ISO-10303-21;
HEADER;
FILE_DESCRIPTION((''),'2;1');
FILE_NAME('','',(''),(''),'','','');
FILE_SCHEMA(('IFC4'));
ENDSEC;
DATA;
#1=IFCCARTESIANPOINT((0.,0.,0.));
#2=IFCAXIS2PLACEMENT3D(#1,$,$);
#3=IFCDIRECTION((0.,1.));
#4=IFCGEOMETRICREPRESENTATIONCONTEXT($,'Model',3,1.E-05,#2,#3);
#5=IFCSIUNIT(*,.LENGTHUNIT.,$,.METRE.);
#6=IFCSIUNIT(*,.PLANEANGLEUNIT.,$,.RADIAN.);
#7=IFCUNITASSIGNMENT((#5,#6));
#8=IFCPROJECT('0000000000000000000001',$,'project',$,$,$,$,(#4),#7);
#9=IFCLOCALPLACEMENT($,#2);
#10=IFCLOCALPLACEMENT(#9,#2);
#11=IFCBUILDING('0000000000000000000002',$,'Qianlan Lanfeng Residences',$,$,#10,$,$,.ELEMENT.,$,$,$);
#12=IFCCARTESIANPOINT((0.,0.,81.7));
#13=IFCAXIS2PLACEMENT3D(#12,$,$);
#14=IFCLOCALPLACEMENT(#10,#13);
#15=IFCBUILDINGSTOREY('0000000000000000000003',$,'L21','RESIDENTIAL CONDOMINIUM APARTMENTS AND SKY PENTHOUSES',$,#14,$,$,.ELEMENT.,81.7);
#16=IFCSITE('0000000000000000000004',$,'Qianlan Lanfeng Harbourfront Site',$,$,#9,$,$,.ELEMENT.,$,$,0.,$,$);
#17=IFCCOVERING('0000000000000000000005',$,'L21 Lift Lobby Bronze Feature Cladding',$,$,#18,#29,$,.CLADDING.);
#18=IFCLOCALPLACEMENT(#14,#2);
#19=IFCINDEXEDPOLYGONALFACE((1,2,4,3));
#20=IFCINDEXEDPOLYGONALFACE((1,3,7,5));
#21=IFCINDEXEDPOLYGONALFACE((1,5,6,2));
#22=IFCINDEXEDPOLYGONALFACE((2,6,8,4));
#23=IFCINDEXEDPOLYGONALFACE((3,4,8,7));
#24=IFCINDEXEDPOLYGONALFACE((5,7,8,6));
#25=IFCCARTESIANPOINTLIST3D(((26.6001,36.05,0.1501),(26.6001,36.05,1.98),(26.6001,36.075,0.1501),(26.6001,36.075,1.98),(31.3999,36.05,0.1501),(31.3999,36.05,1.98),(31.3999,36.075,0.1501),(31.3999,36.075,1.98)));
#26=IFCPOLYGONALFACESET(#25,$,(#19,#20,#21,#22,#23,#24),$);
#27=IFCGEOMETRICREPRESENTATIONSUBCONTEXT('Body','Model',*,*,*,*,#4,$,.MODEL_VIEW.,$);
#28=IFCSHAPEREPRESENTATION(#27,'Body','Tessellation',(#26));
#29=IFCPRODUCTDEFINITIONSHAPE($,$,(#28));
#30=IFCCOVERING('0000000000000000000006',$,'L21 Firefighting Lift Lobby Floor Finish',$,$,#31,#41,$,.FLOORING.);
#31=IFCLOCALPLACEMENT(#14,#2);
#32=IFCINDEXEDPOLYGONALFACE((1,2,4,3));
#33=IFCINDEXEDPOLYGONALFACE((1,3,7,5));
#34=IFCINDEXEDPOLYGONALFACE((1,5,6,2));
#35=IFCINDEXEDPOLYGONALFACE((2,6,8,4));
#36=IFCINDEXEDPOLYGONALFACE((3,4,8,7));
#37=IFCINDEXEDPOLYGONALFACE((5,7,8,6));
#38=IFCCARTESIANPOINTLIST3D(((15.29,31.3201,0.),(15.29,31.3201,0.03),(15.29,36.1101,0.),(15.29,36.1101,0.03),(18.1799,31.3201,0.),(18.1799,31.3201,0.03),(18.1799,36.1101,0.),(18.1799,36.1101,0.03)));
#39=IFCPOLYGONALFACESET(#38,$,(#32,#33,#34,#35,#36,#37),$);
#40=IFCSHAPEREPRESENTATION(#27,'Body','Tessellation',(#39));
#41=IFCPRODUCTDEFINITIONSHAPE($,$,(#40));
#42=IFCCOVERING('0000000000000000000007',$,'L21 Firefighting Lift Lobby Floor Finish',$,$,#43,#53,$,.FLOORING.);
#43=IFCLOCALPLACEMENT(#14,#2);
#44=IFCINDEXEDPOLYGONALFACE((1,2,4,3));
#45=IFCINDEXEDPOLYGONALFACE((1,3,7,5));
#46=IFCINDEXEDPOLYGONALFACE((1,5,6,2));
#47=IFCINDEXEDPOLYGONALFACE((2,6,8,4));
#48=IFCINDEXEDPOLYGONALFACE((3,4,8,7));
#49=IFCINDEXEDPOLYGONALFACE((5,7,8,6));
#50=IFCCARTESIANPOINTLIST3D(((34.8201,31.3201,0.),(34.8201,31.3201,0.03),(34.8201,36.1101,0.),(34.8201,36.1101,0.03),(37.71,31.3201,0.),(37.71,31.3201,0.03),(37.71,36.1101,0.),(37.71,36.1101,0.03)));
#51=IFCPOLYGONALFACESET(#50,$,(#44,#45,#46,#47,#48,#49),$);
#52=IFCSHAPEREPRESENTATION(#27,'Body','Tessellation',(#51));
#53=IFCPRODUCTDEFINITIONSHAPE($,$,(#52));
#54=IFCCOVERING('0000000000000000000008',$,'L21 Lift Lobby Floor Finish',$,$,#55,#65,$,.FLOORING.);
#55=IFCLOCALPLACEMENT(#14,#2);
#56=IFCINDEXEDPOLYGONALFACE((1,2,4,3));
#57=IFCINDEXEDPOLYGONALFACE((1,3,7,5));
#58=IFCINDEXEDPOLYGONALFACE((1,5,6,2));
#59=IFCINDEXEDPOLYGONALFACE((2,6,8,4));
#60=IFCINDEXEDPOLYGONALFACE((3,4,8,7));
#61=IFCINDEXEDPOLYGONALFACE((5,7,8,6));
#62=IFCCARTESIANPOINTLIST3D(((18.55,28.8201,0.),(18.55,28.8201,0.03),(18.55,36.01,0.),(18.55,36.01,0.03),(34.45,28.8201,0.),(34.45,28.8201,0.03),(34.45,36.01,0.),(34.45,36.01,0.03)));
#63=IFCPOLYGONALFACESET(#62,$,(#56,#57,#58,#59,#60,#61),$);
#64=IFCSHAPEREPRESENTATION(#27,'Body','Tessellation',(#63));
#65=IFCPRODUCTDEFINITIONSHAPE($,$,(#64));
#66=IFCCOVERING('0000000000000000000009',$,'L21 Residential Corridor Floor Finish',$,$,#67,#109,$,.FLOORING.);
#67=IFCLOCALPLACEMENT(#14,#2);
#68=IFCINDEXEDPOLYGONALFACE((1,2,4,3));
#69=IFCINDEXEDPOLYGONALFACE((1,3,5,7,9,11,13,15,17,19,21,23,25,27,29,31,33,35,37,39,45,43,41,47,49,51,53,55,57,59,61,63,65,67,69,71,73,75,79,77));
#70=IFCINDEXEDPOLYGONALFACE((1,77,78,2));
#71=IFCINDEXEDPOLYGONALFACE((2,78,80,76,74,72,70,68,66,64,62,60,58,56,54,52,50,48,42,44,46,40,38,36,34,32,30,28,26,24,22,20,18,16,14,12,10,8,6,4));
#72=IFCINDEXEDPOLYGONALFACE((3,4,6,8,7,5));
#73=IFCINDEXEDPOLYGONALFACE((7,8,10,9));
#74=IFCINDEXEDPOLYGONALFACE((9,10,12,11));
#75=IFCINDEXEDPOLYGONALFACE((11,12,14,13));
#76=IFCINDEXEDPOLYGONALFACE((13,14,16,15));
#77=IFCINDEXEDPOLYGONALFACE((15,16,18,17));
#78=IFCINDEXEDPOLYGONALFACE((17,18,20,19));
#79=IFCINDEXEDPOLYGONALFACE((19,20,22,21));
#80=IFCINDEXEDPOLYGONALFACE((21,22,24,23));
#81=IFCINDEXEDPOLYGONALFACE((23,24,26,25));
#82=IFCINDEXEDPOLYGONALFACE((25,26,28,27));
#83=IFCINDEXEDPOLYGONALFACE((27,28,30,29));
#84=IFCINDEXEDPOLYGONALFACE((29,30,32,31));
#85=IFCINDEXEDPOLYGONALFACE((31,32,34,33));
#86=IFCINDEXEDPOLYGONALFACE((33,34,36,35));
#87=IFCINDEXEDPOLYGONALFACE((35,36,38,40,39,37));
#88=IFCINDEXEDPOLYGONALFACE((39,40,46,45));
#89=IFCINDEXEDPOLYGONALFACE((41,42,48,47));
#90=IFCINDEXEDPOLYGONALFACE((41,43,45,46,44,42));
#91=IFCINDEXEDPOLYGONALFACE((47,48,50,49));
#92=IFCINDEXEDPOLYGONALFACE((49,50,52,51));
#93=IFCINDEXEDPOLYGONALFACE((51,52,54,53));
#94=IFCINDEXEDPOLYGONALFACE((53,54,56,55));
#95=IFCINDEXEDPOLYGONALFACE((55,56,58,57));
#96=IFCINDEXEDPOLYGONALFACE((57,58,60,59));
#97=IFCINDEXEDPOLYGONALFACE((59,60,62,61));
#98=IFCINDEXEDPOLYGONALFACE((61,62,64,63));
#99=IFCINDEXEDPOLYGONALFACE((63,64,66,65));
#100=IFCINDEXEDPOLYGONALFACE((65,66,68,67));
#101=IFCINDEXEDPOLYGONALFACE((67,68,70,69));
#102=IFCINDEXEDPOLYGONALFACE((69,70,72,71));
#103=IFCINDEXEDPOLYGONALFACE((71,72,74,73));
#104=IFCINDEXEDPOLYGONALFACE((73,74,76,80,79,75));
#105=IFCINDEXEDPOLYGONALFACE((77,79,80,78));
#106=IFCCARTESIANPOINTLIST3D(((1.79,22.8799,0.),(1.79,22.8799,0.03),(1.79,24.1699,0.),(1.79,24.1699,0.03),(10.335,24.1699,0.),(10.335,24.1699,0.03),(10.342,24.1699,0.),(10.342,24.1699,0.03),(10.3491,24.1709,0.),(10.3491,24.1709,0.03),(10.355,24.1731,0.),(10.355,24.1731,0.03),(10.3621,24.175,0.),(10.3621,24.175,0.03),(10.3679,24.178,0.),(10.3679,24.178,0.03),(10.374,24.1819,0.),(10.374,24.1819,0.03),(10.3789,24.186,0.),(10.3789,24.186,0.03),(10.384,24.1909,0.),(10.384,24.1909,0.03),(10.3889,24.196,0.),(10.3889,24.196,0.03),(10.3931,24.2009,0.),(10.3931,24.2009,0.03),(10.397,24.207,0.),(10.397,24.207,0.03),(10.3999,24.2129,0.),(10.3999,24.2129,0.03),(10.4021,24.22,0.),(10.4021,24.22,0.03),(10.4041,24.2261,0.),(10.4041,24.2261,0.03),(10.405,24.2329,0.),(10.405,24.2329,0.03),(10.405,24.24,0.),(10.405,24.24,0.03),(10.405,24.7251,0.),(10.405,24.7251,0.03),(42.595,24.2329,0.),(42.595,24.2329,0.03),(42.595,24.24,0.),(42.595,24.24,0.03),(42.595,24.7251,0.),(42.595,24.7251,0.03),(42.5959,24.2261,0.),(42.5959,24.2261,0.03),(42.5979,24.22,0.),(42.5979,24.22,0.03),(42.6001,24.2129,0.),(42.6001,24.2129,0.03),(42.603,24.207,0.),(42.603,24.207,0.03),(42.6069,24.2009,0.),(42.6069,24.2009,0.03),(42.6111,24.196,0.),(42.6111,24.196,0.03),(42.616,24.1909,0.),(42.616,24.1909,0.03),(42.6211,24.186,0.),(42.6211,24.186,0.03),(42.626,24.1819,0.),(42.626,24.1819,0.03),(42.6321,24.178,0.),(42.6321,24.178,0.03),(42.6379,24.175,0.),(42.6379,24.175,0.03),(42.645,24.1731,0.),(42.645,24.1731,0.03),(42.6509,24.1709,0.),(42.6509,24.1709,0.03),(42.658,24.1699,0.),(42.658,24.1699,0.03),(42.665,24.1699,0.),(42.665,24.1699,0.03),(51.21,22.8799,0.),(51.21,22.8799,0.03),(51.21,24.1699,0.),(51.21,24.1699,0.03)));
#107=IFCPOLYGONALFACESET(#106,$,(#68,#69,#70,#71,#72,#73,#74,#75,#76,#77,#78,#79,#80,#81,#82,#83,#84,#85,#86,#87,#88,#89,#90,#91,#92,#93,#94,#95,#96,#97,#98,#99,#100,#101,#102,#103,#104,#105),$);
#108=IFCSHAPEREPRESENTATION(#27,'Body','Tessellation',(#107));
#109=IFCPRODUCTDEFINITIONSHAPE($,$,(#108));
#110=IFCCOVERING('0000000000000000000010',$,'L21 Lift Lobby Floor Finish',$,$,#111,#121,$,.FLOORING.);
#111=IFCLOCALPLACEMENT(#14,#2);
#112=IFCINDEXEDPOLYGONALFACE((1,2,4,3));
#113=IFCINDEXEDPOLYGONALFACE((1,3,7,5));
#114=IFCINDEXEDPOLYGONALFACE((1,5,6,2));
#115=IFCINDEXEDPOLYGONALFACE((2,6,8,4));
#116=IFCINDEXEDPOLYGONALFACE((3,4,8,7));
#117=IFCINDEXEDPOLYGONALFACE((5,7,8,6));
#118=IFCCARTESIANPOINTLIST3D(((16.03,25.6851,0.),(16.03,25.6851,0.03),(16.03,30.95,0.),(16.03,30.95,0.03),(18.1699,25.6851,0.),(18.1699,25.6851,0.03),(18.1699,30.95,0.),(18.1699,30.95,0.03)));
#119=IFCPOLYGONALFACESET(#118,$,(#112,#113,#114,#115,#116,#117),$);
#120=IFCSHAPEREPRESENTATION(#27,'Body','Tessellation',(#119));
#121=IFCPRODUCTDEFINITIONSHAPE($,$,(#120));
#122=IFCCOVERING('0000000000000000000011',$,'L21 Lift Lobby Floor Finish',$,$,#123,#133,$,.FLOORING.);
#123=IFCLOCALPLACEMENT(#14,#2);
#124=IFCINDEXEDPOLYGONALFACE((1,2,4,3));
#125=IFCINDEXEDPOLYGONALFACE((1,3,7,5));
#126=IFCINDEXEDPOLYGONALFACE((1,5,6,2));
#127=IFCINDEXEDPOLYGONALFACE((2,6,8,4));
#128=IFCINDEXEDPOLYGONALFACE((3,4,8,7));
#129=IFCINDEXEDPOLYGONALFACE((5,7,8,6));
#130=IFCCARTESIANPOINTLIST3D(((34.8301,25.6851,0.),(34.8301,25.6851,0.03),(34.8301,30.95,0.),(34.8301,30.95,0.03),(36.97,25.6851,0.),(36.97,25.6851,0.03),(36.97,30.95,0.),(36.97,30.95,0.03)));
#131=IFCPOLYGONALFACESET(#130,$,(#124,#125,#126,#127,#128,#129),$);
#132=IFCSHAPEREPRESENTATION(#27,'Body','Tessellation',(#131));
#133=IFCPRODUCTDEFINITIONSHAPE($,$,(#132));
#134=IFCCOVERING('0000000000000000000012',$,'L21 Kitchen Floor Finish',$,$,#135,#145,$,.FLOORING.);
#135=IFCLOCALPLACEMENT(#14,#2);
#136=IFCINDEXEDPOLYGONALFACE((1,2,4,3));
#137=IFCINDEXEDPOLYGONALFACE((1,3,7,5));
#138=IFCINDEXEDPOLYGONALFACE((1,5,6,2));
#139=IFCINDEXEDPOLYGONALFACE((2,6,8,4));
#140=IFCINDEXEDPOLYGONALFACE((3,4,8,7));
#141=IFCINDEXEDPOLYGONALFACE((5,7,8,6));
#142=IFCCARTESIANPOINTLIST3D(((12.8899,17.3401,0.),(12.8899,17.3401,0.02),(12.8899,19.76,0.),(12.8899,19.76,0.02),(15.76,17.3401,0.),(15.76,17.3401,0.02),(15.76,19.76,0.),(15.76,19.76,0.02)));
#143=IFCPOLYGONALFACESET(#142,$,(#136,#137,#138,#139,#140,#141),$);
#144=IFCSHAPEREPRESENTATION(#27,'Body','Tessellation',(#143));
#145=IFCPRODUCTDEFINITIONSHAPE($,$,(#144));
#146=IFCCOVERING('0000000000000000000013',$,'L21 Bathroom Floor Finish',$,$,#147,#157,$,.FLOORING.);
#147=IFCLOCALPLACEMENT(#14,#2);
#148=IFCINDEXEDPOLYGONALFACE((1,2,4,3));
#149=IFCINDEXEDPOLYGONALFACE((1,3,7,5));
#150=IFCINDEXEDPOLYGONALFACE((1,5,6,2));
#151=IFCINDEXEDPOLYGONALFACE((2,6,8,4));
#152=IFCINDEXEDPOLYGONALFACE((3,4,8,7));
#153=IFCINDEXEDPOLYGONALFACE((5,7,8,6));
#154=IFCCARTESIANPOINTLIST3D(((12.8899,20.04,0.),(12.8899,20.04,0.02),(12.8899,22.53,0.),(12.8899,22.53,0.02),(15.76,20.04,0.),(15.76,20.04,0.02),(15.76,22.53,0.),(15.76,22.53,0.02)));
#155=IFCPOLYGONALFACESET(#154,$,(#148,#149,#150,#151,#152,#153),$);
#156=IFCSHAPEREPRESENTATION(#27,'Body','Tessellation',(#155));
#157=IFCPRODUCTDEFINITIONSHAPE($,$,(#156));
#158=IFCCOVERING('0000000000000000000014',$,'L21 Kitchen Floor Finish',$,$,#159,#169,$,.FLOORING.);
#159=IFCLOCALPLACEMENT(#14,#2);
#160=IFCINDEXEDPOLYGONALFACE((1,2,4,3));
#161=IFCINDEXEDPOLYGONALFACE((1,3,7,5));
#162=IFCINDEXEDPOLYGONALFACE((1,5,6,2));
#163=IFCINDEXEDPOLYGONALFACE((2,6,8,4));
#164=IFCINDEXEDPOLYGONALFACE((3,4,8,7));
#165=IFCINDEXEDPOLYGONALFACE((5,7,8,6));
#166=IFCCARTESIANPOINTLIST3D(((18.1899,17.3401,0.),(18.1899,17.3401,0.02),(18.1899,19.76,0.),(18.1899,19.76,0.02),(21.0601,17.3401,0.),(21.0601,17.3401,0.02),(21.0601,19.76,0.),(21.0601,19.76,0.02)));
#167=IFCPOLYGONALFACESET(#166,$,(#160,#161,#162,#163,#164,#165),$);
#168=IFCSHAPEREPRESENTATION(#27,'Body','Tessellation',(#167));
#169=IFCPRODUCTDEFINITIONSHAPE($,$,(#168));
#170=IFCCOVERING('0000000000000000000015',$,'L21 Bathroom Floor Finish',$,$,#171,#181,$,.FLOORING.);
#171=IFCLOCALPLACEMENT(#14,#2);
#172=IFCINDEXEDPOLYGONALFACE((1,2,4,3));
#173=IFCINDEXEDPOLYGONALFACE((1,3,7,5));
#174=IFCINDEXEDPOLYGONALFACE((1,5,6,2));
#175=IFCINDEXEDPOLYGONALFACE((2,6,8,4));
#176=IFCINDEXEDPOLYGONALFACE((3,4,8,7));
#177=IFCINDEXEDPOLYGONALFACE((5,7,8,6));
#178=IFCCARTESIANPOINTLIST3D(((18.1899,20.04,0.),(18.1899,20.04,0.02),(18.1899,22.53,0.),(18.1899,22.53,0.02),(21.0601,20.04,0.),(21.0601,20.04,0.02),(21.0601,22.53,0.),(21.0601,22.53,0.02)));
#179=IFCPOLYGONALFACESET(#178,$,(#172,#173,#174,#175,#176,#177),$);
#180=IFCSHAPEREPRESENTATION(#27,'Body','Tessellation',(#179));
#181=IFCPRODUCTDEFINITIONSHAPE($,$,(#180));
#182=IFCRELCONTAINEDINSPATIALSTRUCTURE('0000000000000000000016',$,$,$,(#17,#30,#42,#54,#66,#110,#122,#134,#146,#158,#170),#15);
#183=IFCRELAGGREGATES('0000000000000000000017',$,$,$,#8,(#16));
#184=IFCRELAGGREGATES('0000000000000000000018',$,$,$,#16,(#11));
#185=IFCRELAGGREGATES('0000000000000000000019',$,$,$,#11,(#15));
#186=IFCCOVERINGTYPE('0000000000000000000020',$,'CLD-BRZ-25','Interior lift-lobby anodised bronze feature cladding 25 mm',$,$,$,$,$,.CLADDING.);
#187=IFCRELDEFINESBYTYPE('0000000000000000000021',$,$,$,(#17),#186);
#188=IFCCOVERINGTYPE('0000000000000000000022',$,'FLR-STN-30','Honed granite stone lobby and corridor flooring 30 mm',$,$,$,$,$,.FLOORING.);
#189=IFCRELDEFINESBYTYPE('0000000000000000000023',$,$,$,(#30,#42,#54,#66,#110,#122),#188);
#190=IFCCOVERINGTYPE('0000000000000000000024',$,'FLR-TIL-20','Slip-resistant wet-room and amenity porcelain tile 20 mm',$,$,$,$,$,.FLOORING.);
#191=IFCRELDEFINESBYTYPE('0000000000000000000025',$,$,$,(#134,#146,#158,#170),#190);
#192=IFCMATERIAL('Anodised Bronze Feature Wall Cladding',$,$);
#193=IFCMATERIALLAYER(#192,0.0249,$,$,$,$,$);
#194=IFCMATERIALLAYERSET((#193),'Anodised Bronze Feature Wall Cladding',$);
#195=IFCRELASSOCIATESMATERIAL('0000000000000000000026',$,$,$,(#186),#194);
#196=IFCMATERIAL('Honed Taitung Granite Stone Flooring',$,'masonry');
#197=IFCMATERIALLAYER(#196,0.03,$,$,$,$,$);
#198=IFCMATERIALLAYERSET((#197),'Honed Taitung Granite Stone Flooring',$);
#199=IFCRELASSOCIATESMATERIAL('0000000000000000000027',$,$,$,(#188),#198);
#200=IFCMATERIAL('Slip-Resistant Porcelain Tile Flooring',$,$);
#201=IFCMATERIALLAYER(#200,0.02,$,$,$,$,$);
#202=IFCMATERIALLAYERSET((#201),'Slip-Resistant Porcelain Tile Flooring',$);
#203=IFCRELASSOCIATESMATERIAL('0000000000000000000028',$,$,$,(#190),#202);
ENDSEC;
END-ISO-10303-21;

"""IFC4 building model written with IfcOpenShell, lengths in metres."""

from ifc_helpers import new_model, si_unit, direction, frame, origin, place, context, subcontext, project, spatial, polyline, outline, extrude, material, layer, layer_set, type_object, element, save


model = new_model("IFC4")

# Units and contexts
model_context = context("Model", 3, precision=1e-05, world=origin(), true_north=direction((0.0, 1.0)))
body_context = subcontext(model_context, "Body", "Model", "MODEL_VIEW")
ifc_project = project(units=[si_unit("LENGTHUNIT", "METRE"), si_unit("PLANEANGLEUNIT", "RADIAN")], contexts=[model_context])

# Site, building, storey
site_placement = place(None, origin())
site = spatial("IfcSite", under=ifc_project, at=site_placement, Name="Qianlan Lanfeng Harbourfront Site", CompositionType="ELEMENT", RefElevation=0.0)
building_placement = place(site_placement, origin())
building = spatial("IfcBuilding", under=site, at=building_placement, Name="Qianlan Lanfeng Residences", CompositionType="ELEMENT")
storey_placement = place(building_placement, frame((0.0, 0.0, 81.7)))
storey = spatial("IfcBuildingStorey", under=building, at=storey_placement, Name="L21", Description="RESIDENTIAL CONDOMINIUM APARTMENTS AND SKY PENTHOUSES", CompositionType="ELEMENT", Elevation=81.7)

# Coverings
ifc_material_1 = material(Name="Anodised Bronze Feature Wall Cladding")
ifc_layer_1 = layer(ifc_material_1, 0.0249)
ifc_layer_set_1 = layer_set([ifc_layer_1], Name="Anodised Bronze Feature Wall Cladding")
covering_type_1 = type_object("IfcCoveringType", Name="CLD-BRZ-25", Description="Interior lift-lobby anodised bronze feature cladding 25 mm", PredefinedType="CLADDING", material=ifc_layer_set_1)
covering_1_placement = place(storey_placement, frame((0.0, 0.0, 0.1501)))
element("IfcCovering", 1, at=covering_1_placement, inside=storey, type_object=covering_type_1, Name="L21 Lift Lobby Bronze Feature Cladding", PredefinedType="CLADDING", context=body_context, shape_type="SweptSolid", body=[
    extrude(outline(polyline([(26.6001, 36.05), (31.3999, 36.05), (31.3999, 36.075), (26.6001, 36.075), (26.6001, 36.05)])), origin(), (0.0, 0.0, 1.0), 1.8298),
])
ifc_material_2 = material(Name="Honed Taitung Granite Stone Flooring", Category="masonry")
ifc_layer_2 = layer(ifc_material_2, 0.03)
ifc_layer_set_2 = layer_set([ifc_layer_2], Name="Honed Taitung Granite Stone Flooring")
covering_type_2 = type_object("IfcCoveringType", Name="FLR-STN-30", Description="Honed granite stone lobby and corridor flooring 30 mm", PredefinedType="FLOORING", material=ifc_layer_set_2)
covering_2_placement = place(storey_placement, origin())
element("IfcCovering", 2, at=covering_2_placement, inside=storey, type_object=covering_type_2, Name="L21 Firefighting Lift Lobby Floor Finish", PredefinedType="FLOORING", context=body_context, shape_type="SweptSolid", body=[
    extrude(outline(polyline([(15.29, 31.3201), (18.1799, 31.3201), (18.1799, 36.1101), (15.29, 36.1101), (15.29, 31.3201)])), origin(), (0.0, 0.0, 1.0), 0.03),
])
covering_3_placement = place(storey_placement, origin())
element("IfcCovering", 3, at=covering_3_placement, inside=storey, type_object=covering_type_2, Name="L21 Firefighting Lift Lobby Floor Finish", PredefinedType="FLOORING", context=body_context, shape_type="SweptSolid", body=[
    extrude(outline(polyline([(34.8201, 31.3201), (37.71, 31.3201), (37.71, 36.1101), (34.8201, 36.1101), (34.8201, 31.3201)])), origin(), (0.0, 0.0, 1.0), 0.03),
])
covering_4_placement = place(storey_placement, origin())
element("IfcCovering", 4, at=covering_4_placement, inside=storey, type_object=covering_type_2, Name="L21 Lift Lobby Floor Finish", PredefinedType="FLOORING", context=body_context, shape_type="SweptSolid", body=[
    extrude(outline(polyline([(18.55, 28.8201), (34.45, 28.8201), (34.45, 36.01), (18.55, 36.01), (18.55, 28.8201)])), origin(), (0.0, 0.0, 1.0), 0.03),
])
covering_5_placement = place(storey_placement, origin())
element("IfcCovering", 5, at=covering_5_placement, inside=storey, type_object=covering_type_2, Name="L21 Residential Corridor Floor Finish", PredefinedType="FLOORING", context=body_context, shape_type="SweptSolid", body=[
    extrude(outline(polyline([(1.79, 22.8799), (51.21, 22.8799), (51.21, 24.1699), (42.665, 24.1699), (42.658, 24.1699), (42.6509, 24.1709), (42.645, 24.1731), (42.6379, 24.175), (42.6321, 24.178), (42.626, 24.1819), (42.6211, 24.186), (42.616, 24.1909), (42.6111, 24.196), (42.6069, 24.2009), (42.603, 24.207), (42.6001, 24.2129), (42.5979, 24.22), (42.5959, 24.2261), (42.595, 24.2329), (42.595, 24.24), (42.595, 24.7251), (10.405, 24.7251), (10.405, 24.24), (10.405, 24.2329), (10.4041, 24.2261), (10.4021, 24.22), (10.3999, 24.2129), (10.397, 24.207), (10.3931, 24.2009), (10.3889, 24.196), (10.384, 24.1909), (10.3789, 24.186), (10.374, 24.1819), (10.3679, 24.178), (10.3621, 24.175), (10.355, 24.1731), (10.3491, 24.1709), (10.342, 24.1699), (10.335, 24.1699), (1.79, 24.1699), (1.79, 22.8799)])), origin(), (0.0, 0.0, 1.0), 0.03),
])
covering_6_placement = place(storey_placement, origin())
element("IfcCovering", 6, at=covering_6_placement, inside=storey, type_object=covering_type_2, Name="L21 Lift Lobby Floor Finish", PredefinedType="FLOORING", context=body_context, shape_type="SweptSolid", body=[
    extrude(outline(polyline([(16.03, 25.6851), (18.1699, 25.6851), (18.1699, 30.95), (16.03, 30.95), (16.03, 25.6851)])), origin(), (0.0, 0.0, 1.0), 0.03),
])
covering_7_placement = place(storey_placement, origin())
element("IfcCovering", 7, at=covering_7_placement, inside=storey, type_object=covering_type_2, Name="L21 Lift Lobby Floor Finish", PredefinedType="FLOORING", context=body_context, shape_type="SweptSolid", body=[
    extrude(outline(polyline([(34.8301, 25.6851), (36.97, 25.6851), (36.97, 30.95), (34.8301, 30.95), (34.8301, 25.6851)])), origin(), (0.0, 0.0, 1.0), 0.03),
])
ifc_material_3 = material(Name="Slip-Resistant Porcelain Tile Flooring")
ifc_layer_3 = layer(ifc_material_3, 0.02)
ifc_layer_set_3 = layer_set([ifc_layer_3], Name="Slip-Resistant Porcelain Tile Flooring")
covering_type_3 = type_object("IfcCoveringType", Name="FLR-TIL-20", Description="Slip-resistant wet-room and amenity porcelain tile 20 mm", PredefinedType="FLOORING", material=ifc_layer_set_3)
covering_8_placement = place(storey_placement, origin())
element("IfcCovering", 8, at=covering_8_placement, inside=storey, type_object=covering_type_3, Name="L21 Kitchen Floor Finish", PredefinedType="FLOORING", context=body_context, shape_type="SweptSolid", body=[
    extrude(outline(polyline([(12.8899, 17.3401), (15.76, 17.3401), (15.76, 19.76), (12.8899, 19.76), (12.8899, 17.3401)])), origin(), (0.0, 0.0, 1.0), 0.02),
])
covering_9_placement = place(storey_placement, origin())
element("IfcCovering", 9, at=covering_9_placement, inside=storey, type_object=covering_type_3, Name="L21 Bathroom Floor Finish", PredefinedType="FLOORING", context=body_context, shape_type="SweptSolid", body=[
    extrude(outline(polyline([(12.8899, 20.04), (15.76, 20.04), (15.76, 22.53), (12.8899, 22.53), (12.8899, 20.04)])), origin(), (0.0, 0.0, 1.0), 0.02),
])
covering_10_placement = place(storey_placement, origin())
element("IfcCovering", 10, at=covering_10_placement, inside=storey, type_object=covering_type_3, Name="L21 Kitchen Floor Finish", PredefinedType="FLOORING", context=body_context, shape_type="SweptSolid", body=[
    extrude(outline(polyline([(18.1899, 17.3401), (21.0601, 17.3401), (21.0601, 19.76), (18.1899, 19.76), (18.1899, 17.3401)])), origin(), (0.0, 0.0, 1.0), 0.02),
])
covering_11_placement = place(storey_placement, origin())
element("IfcCovering", 11, at=covering_11_placement, inside=storey, type_object=covering_type_3, Name="L21 Bathroom Floor Finish", PredefinedType="FLOORING", context=body_context, shape_type="SweptSolid", body=[
    extrude(outline(polyline([(18.1899, 20.04), (21.0601, 20.04), (21.0601, 22.53), (18.1899, 22.53), (18.1899, 20.04)])), origin(), (0.0, 0.0, 1.0), 0.02),
])

save(model, "model.ifc")
